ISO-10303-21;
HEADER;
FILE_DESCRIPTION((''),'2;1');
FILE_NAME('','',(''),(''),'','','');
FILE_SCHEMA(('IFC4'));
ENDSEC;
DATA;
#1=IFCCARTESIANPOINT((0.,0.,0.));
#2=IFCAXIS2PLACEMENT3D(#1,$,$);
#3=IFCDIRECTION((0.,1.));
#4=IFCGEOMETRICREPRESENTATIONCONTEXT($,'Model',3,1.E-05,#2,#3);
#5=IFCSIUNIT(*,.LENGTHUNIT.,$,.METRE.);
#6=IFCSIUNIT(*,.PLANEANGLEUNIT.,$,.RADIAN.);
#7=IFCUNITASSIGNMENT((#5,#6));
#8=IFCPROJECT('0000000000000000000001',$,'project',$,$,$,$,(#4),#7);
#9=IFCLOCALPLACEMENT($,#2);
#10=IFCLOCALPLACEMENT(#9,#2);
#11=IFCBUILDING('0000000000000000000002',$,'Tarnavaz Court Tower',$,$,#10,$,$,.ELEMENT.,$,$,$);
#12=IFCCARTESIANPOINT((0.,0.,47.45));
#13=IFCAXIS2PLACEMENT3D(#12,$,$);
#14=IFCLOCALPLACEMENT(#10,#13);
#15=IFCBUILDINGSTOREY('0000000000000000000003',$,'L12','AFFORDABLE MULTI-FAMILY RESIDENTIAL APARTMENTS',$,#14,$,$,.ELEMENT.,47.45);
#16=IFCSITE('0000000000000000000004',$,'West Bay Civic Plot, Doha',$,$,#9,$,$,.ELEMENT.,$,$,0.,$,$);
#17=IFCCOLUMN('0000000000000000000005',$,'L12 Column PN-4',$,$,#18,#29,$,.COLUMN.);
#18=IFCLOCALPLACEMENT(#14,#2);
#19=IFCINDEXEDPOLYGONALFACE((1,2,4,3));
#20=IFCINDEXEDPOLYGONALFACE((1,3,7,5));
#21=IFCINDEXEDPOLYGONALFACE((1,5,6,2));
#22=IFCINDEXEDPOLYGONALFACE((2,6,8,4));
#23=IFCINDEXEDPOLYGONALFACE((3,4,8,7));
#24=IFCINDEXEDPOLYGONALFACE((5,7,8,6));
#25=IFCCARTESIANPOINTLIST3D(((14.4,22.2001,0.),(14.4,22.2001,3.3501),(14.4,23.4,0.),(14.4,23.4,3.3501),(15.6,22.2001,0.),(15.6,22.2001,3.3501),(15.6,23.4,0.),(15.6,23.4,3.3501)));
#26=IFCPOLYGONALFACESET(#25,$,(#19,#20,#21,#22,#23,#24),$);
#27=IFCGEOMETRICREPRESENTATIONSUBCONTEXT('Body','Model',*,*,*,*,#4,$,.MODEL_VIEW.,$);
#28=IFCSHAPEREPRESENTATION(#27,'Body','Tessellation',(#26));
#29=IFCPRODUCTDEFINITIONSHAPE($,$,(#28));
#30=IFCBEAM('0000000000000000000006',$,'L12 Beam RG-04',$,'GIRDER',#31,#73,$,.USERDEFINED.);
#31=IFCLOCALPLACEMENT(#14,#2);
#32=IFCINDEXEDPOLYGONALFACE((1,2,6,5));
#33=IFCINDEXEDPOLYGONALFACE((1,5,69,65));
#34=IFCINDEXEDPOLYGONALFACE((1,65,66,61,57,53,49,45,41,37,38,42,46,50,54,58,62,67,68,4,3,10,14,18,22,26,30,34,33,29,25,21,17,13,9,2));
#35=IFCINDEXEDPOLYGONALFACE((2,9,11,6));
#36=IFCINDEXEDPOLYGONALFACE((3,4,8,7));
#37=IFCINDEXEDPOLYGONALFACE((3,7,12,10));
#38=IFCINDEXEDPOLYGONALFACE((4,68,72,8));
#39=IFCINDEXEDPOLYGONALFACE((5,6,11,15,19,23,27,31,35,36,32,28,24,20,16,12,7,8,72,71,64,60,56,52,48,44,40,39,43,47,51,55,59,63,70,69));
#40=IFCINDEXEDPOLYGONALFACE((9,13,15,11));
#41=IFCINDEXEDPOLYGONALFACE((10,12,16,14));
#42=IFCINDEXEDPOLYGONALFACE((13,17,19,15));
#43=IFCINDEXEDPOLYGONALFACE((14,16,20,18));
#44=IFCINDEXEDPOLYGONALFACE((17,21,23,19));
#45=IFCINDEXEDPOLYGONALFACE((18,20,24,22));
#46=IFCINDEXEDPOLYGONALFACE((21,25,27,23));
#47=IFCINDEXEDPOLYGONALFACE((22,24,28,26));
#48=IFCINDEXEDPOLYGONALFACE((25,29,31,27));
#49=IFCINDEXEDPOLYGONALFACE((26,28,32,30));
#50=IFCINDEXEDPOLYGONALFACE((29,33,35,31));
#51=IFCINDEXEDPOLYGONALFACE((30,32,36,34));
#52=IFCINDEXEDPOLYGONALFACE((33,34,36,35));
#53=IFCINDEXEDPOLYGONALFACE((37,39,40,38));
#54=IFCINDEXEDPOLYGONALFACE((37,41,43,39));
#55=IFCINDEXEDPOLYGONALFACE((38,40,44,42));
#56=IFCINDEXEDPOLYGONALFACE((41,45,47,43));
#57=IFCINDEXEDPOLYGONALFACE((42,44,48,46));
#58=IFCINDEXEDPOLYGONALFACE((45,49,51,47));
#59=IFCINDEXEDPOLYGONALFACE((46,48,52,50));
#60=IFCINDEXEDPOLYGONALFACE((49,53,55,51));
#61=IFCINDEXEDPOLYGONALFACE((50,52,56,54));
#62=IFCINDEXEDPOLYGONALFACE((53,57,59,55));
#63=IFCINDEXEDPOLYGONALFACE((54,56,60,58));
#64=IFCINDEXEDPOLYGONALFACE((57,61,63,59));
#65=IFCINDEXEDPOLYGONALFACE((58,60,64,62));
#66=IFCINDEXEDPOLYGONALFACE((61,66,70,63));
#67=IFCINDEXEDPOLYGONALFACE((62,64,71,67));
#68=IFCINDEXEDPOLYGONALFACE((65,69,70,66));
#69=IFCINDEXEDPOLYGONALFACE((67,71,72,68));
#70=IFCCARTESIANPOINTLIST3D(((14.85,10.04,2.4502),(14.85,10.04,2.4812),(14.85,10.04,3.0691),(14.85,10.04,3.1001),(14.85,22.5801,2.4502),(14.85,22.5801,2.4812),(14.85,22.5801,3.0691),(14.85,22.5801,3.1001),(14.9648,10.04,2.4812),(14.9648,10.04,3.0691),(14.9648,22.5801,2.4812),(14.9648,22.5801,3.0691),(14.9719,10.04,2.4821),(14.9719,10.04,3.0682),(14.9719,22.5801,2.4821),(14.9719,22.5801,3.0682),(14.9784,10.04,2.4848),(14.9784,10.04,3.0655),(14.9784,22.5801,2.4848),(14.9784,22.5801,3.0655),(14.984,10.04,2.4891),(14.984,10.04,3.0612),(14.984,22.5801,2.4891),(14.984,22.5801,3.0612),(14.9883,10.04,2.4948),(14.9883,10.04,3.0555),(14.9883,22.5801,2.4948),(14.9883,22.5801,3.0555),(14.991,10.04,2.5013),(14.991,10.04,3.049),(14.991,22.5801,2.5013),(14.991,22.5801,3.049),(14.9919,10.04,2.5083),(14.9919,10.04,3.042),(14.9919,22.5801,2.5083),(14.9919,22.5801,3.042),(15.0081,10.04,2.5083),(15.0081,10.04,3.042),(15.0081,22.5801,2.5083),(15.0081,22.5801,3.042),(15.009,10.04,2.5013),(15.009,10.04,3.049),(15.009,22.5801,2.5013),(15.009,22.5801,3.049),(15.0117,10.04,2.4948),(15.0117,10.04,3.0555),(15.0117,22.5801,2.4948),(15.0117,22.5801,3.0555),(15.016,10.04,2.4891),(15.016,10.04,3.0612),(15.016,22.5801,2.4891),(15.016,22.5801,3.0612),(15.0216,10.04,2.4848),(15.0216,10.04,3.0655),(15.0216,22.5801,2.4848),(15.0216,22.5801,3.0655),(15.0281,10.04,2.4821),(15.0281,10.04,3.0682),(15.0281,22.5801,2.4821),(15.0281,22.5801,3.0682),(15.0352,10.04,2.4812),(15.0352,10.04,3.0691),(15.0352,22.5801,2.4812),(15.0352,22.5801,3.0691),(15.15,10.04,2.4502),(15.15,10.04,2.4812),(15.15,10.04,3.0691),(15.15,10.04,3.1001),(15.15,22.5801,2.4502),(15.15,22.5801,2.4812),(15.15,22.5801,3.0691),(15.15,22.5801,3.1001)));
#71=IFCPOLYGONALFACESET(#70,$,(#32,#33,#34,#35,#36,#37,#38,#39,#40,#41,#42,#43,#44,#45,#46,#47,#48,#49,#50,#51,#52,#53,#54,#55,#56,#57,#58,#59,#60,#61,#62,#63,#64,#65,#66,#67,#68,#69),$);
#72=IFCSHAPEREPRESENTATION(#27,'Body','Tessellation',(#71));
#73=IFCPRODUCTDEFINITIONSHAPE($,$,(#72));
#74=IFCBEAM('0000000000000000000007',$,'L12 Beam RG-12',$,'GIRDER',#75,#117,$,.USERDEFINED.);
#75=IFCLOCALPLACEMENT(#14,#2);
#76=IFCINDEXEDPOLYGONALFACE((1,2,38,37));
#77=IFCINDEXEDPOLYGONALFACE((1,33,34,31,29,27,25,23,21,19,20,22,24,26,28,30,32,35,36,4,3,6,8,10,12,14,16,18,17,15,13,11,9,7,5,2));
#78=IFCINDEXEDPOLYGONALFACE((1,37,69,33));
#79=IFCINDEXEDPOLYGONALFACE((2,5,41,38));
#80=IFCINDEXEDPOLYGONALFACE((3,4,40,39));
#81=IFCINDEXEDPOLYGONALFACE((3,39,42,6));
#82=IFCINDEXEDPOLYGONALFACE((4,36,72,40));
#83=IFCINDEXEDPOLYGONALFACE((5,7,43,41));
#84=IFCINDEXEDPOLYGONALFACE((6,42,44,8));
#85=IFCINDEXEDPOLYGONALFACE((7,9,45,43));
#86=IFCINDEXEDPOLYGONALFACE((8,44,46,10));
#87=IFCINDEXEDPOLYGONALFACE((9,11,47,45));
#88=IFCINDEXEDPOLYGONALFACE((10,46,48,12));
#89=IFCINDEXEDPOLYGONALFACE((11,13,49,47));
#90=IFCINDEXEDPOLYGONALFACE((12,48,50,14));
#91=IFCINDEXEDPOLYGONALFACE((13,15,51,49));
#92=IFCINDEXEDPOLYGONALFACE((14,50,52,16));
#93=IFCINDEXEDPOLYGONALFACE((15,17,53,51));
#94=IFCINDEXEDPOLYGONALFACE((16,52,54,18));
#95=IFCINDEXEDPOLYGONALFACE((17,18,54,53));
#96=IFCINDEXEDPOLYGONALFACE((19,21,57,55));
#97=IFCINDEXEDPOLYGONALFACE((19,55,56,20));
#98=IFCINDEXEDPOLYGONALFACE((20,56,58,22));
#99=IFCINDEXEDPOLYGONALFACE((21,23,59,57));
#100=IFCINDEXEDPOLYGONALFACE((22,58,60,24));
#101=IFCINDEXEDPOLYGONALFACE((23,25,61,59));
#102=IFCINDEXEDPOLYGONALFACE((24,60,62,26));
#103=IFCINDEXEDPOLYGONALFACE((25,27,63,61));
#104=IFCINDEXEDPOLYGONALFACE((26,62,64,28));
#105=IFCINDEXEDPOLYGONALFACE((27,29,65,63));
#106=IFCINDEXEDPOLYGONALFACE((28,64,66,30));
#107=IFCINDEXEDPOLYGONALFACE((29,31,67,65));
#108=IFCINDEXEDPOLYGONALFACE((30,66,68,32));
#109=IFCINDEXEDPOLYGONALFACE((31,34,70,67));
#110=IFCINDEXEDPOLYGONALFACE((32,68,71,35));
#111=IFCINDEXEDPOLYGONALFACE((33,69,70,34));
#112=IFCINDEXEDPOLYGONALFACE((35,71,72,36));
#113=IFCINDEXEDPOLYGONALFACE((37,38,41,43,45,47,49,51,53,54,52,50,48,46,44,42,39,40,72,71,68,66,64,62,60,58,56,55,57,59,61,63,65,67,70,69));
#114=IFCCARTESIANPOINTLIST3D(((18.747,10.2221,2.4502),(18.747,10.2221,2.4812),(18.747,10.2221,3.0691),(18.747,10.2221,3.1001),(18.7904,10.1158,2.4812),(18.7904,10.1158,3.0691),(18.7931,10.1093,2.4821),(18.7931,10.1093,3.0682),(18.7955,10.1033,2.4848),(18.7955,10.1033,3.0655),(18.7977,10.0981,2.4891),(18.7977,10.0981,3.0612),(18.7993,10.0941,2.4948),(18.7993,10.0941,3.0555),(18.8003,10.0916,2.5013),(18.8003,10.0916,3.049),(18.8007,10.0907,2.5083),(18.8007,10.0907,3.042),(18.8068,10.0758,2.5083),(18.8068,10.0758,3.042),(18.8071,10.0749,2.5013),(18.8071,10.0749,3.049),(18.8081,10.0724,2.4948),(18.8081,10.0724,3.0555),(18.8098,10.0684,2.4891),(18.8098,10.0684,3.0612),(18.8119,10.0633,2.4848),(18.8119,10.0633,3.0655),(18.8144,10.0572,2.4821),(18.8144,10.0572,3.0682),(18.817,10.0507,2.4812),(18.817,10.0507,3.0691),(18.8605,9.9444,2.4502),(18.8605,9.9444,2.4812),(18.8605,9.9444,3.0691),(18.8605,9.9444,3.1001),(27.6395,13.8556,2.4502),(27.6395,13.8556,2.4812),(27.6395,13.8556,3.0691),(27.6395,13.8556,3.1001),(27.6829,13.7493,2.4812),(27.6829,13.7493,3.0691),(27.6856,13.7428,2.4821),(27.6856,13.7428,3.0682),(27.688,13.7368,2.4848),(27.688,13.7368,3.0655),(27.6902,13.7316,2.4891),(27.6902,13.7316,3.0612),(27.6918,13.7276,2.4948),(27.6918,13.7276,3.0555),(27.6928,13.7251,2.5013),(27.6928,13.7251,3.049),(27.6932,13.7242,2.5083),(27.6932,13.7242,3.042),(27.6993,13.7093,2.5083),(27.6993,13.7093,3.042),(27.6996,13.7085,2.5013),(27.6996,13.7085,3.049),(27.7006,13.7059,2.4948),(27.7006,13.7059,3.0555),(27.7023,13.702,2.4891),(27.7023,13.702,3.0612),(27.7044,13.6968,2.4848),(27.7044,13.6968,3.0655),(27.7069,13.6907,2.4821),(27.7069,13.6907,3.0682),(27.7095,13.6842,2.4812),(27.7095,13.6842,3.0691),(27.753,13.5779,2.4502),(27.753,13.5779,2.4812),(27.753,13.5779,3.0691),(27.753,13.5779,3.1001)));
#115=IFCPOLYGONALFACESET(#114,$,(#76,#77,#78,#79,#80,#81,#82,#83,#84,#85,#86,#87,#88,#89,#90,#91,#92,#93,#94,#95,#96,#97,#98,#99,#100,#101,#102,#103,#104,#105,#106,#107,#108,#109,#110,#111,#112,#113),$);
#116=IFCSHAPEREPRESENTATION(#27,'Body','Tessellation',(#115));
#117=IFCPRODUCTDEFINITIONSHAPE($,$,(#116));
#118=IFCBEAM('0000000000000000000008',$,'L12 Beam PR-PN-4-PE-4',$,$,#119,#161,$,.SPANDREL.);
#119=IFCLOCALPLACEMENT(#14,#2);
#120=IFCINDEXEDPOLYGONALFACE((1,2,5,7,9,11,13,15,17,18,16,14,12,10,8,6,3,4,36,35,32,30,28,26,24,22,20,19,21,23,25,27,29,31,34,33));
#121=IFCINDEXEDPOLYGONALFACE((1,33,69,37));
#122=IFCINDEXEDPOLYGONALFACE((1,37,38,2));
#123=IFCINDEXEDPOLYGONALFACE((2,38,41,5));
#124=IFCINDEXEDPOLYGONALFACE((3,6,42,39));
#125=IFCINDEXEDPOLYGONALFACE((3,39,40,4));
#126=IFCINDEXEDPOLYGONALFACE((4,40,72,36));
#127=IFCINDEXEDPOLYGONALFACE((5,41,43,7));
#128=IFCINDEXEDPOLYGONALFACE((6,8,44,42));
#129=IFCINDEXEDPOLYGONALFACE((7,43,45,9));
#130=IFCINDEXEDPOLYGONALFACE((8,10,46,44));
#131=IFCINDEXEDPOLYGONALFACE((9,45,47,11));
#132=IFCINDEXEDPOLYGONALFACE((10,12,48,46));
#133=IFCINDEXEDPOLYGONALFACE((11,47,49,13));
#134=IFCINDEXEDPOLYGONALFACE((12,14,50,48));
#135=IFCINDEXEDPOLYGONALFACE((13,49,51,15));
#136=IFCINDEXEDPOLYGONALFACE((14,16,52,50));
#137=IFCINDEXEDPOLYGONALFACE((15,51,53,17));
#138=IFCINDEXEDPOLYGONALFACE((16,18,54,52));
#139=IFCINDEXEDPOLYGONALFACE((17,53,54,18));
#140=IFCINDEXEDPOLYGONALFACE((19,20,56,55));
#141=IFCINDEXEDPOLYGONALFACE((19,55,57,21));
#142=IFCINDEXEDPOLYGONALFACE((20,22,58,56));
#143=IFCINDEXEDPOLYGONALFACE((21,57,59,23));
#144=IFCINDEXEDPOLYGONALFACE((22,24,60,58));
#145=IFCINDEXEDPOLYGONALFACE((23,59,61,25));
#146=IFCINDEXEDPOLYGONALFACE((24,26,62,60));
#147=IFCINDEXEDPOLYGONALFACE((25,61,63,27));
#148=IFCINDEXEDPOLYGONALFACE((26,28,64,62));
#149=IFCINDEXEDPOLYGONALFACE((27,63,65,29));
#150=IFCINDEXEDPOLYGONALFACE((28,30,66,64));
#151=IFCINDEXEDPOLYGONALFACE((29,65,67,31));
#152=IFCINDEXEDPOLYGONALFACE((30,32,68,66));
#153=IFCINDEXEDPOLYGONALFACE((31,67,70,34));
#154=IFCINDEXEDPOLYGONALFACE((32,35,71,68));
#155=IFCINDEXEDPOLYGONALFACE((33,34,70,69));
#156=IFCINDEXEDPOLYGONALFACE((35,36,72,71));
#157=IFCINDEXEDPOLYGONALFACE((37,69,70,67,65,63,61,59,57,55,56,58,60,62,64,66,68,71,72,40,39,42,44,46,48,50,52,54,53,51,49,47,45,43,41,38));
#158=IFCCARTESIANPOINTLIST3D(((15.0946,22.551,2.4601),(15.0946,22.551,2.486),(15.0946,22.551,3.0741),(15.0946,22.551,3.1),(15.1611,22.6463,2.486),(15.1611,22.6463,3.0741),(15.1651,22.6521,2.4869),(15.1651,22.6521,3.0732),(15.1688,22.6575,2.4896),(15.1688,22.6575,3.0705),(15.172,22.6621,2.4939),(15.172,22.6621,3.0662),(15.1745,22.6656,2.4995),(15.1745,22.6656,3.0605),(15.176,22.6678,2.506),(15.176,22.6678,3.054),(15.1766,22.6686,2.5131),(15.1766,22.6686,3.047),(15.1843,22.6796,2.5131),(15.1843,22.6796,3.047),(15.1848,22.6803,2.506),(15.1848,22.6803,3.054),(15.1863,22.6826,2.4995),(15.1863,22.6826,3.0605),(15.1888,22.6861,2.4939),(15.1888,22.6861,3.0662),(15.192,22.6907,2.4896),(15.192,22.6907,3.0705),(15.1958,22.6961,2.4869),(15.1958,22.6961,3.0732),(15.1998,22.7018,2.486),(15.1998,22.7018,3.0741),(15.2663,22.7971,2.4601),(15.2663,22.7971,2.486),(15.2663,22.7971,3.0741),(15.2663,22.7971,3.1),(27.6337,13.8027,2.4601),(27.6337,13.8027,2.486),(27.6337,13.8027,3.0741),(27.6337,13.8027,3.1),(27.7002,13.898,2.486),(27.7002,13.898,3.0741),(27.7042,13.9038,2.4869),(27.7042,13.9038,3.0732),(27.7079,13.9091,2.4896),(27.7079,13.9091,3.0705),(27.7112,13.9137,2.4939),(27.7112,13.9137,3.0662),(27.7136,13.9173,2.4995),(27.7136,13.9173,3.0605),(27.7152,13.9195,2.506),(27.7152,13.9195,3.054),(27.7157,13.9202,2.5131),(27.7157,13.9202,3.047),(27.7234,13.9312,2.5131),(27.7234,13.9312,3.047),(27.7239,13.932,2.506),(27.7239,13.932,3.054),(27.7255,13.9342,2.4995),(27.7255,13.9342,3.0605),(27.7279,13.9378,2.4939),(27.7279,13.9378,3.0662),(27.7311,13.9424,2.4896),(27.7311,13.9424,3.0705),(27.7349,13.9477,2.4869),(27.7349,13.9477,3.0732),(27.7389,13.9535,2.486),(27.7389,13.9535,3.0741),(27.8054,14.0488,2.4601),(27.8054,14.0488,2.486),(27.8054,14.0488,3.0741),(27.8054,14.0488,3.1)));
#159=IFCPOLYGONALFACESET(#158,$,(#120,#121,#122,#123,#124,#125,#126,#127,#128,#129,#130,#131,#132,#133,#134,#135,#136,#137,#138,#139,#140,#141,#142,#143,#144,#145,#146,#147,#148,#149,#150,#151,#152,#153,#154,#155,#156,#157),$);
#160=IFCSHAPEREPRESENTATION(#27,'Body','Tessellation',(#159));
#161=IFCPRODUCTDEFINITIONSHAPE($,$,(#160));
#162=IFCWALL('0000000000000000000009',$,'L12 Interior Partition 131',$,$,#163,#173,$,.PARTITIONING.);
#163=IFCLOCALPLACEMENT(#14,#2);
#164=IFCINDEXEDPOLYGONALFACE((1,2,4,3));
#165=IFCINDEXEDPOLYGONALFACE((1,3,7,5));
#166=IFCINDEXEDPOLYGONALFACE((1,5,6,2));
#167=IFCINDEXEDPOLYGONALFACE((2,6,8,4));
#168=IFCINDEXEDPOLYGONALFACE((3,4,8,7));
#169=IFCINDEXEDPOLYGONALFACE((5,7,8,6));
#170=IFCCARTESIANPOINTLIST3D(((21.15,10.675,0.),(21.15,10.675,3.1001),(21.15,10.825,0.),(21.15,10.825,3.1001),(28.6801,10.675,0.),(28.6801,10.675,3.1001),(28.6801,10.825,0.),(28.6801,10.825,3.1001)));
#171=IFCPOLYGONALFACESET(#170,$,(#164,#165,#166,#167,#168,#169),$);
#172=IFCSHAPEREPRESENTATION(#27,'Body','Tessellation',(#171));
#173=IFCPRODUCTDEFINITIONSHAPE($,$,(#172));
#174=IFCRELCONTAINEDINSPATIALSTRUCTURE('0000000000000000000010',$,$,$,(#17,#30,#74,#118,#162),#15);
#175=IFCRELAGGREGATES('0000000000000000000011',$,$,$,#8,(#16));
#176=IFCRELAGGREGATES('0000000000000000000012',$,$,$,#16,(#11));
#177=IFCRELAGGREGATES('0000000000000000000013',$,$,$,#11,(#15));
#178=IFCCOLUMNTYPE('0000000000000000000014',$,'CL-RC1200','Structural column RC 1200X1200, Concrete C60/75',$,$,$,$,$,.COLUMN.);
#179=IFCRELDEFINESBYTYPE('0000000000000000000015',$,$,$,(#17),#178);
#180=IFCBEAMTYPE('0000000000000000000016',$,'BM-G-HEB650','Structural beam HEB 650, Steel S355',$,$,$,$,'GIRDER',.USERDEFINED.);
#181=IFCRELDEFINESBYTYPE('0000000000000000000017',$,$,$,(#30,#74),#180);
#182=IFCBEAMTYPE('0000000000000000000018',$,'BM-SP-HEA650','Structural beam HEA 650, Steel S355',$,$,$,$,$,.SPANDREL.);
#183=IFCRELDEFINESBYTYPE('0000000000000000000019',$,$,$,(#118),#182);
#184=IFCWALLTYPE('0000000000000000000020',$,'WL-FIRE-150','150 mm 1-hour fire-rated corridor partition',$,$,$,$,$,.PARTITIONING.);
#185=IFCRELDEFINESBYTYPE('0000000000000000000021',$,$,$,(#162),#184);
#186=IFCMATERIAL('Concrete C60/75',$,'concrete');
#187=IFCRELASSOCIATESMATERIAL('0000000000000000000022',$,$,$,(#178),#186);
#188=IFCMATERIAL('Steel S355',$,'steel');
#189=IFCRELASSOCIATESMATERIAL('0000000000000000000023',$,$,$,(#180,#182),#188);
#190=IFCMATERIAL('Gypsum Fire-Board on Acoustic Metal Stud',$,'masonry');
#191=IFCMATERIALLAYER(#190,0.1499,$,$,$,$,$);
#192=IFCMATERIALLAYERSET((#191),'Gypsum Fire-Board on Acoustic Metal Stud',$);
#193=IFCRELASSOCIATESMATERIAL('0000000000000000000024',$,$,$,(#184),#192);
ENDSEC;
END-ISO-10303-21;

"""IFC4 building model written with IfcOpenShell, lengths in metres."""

from ifc_helpers import new_model, si_unit, direction, frame, frame_2d, origin, origin_2d, place, context, subcontext, project, spatial, rectangle, i_section, extrude, material, layer, layer_set, material_profile, profile_set, type_object, element, save


model = new_model("IFC4")

# Units and contexts
model_context = context("Model", 3, precision=1e-05, world=origin(), true_north=direction((0.0, 1.0)))
body_context = subcontext(model_context, "Body", "Model", "MODEL_VIEW")
ifc_project = project(units=[si_unit("LENGTHUNIT", "METRE"), si_unit("PLANEANGLEUNIT", "RADIAN")], contexts=[model_context])

# Site, building, storey
site_placement = place(None, origin())
site = spatial("IfcSite", under=ifc_project, at=site_placement, Name="West Bay Civic Plot, Doha", CompositionType="ELEMENT", RefElevation=0.0)
building_placement = place(site_placement, origin())
building = spatial("IfcBuilding", under=site, at=building_placement, Name="Tarnavaz Court Tower", CompositionType="ELEMENT")
storey_placement = place(building_placement, frame((0.0, 0.0, 47.45)))
storey = spatial("IfcBuildingStorey", under=building, at=storey_placement, Name="L12", Description="AFFORDABLE MULTI-FAMILY RESIDENTIAL APARTMENTS", CompositionType="ELEMENT", Elevation=47.45)

# Column
ifc_material_1 = material(Name="Concrete C60/75", Category="concrete")
ifc_material_profile_1 = material_profile(ifc_material_1, rectangle(XDim=1.2, YDim=1.2, at=origin_2d()), Name="RC 1200X1200")
ifc_profile_set_1 = profile_set([ifc_material_profile_1], Name="Concrete C60/75")
column_type = type_object("IfcColumnType", Name="CL-RC1200", Description="Structural column RC 1200X1200, Concrete C60/75", PredefinedType="COLUMN", material=ifc_profile_set_1)
column_placement = place(storey_placement, frame((15.0, 22.8, 0.0), z_axis=(0.0, 0.0, 1.0), x_axis=(1.0, 0.0, 0.0)))
element("IfcColumn", 1, at=column_placement, inside=storey, type_object=column_type, Name="L12 Column PN-4", PredefinedType="COLUMN", context=body_context, shape_type="SweptSolid", body=[
    extrude(rectangle(XDim=1.2, YDim=1.2, at=origin_2d()), origin(), (0.0, 0.0, 1.0), 3.3501),
])

# Beams
ifc_material_2 = material(Name="Steel S355", Category="steel")
ifc_material_profile_2 = material_profile(ifc_material_2, i_section(OverallWidth=0.3, OverallDepth=0.6499, WebThickness=0.0161, FlangeThickness=0.031, FilletRadius=0.0271, at=origin_2d()), Name="HEB 650")
ifc_profile_set_2 = profile_set([ifc_material_profile_2], Name="Steel S355")
beam_type_1 = type_object("IfcBeamType", Name="BM-G-HEB650", Description="Structural beam HEB 650, Steel S355", ElementType="GIRDER", PredefinedType="USERDEFINED", material=ifc_profile_set_2)
beam_1_placement = place(storey_placement, frame((15.0, 10.04, 2.7751), z_axis=(0.0, 1.0, 0.0), x_axis=(-1.0, 0.0, 0.0)))
element("IfcBeam", 2, at=beam_1_placement, inside=storey, type_object=beam_type_1, Name="L12 Beam RG-04", ObjectType="GIRDER", PredefinedType="USERDEFINED", context=body_context, shape_type="SweptSolid", body=[
    extrude(i_section(OverallWidth=0.3, OverallDepth=0.6499, WebThickness=0.0161, FlangeThickness=0.031, FilletRadius=0.0271, at=origin_2d()), origin(), (0.0, 0.0, 1.0), 12.54),
])
beam_2_placement = place(storey_placement, frame((18.8037, 10.0833, 2.7751), z_axis=(0.925705, 0.378247, 0.0), x_axis=(-0.378247, 0.925705, 0.0)))
element("IfcBeam", 3, at=beam_2_placement, inside=storey, type_object=beam_type_1, Name="L12 Beam RG-12", ObjectType="GIRDER", PredefinedType="USERDEFINED", context=body_context, shape_type="SweptSolid", body=[
    extrude(i_section(OverallWidth=0.3, OverallDepth=0.6499, WebThickness=0.0161, FlangeThickness=0.031, FilletRadius=0.0271, at=origin_2d()), origin(), (0.0, 0.0, 1.0), 9.6062),
])
ifc_material_profile_3 = material_profile(ifc_material_2, i_section(OverallWidth=0.3, OverallDepth=0.6399, WebThickness=0.0134, FlangeThickness=0.0259, FilletRadius=0.0271, at=origin_2d()), Name="HEA 650")
ifc_profile_set_3 = profile_set([ifc_material_profile_3], Name="Steel S355")
beam_type_2 = type_object("IfcBeamType", Name="BM-SP-HEA650", Description="Structural beam HEA 650, Steel S355", PredefinedType="SPANDREL", material=ifc_profile_set_3)
beam_3_placement = place(storey_placement, frame((15.1804, 22.6741, 2.78), z_axis=(0.820124, -0.572186, 0.0), x_axis=(0.572186, 0.820124, 0.0)))
element("IfcBeam", 4, at=beam_3_placement, inside=storey, type_object=beam_type_2, Name="L12 Beam PR-PN-4-PE-4", PredefinedType="SPANDREL", context=body_context, shape_type="SweptSolid", body=[
    extrude(i_section(OverallWidth=0.3, OverallDepth=0.6399, WebThickness=0.0134, FlangeThickness=0.0259, FilletRadius=0.0271, at=origin_2d()), origin(), (0.0, 0.0, 1.0), 15.2893),
])

# Wall
ifc_material_3 = material(Name="Gypsum Fire-Board on Acoustic Metal Stud", Category="masonry")
ifc_layer_1 = layer(ifc_material_3, 0.1499)
ifc_layer_set_1 = layer_set([ifc_layer_1], Name="Gypsum Fire-Board on Acoustic Metal Stud")
wall_type_1 = type_object("IfcWallType", Name="WL-FIRE-150", Description="150 mm 1-hour fire-rated corridor partition", PredefinedType="PARTITIONING", material=ifc_layer_set_1)
wall_1_placement = place(storey_placement, frame((21.1499, 10.75, 0.0), z_axis=(0.0, 0.0, 1.0), x_axis=(1.0, 0.0, 0.0)))
element("IfcWall", 5, at=wall_1_placement, inside=storey, type_object=wall_type_1, Name="L12 Interior Partition 131", PredefinedType="PARTITIONING", context=body_context, shape_type="SweptSolid", body=[
    extrude(rectangle(XDim=7.53, YDim=0.1499, at=frame_2d((3.7651, 0.0))), origin(), (0.0, 0.0, 1.0), 3.1001),
])

save(model, "model.ifc")
